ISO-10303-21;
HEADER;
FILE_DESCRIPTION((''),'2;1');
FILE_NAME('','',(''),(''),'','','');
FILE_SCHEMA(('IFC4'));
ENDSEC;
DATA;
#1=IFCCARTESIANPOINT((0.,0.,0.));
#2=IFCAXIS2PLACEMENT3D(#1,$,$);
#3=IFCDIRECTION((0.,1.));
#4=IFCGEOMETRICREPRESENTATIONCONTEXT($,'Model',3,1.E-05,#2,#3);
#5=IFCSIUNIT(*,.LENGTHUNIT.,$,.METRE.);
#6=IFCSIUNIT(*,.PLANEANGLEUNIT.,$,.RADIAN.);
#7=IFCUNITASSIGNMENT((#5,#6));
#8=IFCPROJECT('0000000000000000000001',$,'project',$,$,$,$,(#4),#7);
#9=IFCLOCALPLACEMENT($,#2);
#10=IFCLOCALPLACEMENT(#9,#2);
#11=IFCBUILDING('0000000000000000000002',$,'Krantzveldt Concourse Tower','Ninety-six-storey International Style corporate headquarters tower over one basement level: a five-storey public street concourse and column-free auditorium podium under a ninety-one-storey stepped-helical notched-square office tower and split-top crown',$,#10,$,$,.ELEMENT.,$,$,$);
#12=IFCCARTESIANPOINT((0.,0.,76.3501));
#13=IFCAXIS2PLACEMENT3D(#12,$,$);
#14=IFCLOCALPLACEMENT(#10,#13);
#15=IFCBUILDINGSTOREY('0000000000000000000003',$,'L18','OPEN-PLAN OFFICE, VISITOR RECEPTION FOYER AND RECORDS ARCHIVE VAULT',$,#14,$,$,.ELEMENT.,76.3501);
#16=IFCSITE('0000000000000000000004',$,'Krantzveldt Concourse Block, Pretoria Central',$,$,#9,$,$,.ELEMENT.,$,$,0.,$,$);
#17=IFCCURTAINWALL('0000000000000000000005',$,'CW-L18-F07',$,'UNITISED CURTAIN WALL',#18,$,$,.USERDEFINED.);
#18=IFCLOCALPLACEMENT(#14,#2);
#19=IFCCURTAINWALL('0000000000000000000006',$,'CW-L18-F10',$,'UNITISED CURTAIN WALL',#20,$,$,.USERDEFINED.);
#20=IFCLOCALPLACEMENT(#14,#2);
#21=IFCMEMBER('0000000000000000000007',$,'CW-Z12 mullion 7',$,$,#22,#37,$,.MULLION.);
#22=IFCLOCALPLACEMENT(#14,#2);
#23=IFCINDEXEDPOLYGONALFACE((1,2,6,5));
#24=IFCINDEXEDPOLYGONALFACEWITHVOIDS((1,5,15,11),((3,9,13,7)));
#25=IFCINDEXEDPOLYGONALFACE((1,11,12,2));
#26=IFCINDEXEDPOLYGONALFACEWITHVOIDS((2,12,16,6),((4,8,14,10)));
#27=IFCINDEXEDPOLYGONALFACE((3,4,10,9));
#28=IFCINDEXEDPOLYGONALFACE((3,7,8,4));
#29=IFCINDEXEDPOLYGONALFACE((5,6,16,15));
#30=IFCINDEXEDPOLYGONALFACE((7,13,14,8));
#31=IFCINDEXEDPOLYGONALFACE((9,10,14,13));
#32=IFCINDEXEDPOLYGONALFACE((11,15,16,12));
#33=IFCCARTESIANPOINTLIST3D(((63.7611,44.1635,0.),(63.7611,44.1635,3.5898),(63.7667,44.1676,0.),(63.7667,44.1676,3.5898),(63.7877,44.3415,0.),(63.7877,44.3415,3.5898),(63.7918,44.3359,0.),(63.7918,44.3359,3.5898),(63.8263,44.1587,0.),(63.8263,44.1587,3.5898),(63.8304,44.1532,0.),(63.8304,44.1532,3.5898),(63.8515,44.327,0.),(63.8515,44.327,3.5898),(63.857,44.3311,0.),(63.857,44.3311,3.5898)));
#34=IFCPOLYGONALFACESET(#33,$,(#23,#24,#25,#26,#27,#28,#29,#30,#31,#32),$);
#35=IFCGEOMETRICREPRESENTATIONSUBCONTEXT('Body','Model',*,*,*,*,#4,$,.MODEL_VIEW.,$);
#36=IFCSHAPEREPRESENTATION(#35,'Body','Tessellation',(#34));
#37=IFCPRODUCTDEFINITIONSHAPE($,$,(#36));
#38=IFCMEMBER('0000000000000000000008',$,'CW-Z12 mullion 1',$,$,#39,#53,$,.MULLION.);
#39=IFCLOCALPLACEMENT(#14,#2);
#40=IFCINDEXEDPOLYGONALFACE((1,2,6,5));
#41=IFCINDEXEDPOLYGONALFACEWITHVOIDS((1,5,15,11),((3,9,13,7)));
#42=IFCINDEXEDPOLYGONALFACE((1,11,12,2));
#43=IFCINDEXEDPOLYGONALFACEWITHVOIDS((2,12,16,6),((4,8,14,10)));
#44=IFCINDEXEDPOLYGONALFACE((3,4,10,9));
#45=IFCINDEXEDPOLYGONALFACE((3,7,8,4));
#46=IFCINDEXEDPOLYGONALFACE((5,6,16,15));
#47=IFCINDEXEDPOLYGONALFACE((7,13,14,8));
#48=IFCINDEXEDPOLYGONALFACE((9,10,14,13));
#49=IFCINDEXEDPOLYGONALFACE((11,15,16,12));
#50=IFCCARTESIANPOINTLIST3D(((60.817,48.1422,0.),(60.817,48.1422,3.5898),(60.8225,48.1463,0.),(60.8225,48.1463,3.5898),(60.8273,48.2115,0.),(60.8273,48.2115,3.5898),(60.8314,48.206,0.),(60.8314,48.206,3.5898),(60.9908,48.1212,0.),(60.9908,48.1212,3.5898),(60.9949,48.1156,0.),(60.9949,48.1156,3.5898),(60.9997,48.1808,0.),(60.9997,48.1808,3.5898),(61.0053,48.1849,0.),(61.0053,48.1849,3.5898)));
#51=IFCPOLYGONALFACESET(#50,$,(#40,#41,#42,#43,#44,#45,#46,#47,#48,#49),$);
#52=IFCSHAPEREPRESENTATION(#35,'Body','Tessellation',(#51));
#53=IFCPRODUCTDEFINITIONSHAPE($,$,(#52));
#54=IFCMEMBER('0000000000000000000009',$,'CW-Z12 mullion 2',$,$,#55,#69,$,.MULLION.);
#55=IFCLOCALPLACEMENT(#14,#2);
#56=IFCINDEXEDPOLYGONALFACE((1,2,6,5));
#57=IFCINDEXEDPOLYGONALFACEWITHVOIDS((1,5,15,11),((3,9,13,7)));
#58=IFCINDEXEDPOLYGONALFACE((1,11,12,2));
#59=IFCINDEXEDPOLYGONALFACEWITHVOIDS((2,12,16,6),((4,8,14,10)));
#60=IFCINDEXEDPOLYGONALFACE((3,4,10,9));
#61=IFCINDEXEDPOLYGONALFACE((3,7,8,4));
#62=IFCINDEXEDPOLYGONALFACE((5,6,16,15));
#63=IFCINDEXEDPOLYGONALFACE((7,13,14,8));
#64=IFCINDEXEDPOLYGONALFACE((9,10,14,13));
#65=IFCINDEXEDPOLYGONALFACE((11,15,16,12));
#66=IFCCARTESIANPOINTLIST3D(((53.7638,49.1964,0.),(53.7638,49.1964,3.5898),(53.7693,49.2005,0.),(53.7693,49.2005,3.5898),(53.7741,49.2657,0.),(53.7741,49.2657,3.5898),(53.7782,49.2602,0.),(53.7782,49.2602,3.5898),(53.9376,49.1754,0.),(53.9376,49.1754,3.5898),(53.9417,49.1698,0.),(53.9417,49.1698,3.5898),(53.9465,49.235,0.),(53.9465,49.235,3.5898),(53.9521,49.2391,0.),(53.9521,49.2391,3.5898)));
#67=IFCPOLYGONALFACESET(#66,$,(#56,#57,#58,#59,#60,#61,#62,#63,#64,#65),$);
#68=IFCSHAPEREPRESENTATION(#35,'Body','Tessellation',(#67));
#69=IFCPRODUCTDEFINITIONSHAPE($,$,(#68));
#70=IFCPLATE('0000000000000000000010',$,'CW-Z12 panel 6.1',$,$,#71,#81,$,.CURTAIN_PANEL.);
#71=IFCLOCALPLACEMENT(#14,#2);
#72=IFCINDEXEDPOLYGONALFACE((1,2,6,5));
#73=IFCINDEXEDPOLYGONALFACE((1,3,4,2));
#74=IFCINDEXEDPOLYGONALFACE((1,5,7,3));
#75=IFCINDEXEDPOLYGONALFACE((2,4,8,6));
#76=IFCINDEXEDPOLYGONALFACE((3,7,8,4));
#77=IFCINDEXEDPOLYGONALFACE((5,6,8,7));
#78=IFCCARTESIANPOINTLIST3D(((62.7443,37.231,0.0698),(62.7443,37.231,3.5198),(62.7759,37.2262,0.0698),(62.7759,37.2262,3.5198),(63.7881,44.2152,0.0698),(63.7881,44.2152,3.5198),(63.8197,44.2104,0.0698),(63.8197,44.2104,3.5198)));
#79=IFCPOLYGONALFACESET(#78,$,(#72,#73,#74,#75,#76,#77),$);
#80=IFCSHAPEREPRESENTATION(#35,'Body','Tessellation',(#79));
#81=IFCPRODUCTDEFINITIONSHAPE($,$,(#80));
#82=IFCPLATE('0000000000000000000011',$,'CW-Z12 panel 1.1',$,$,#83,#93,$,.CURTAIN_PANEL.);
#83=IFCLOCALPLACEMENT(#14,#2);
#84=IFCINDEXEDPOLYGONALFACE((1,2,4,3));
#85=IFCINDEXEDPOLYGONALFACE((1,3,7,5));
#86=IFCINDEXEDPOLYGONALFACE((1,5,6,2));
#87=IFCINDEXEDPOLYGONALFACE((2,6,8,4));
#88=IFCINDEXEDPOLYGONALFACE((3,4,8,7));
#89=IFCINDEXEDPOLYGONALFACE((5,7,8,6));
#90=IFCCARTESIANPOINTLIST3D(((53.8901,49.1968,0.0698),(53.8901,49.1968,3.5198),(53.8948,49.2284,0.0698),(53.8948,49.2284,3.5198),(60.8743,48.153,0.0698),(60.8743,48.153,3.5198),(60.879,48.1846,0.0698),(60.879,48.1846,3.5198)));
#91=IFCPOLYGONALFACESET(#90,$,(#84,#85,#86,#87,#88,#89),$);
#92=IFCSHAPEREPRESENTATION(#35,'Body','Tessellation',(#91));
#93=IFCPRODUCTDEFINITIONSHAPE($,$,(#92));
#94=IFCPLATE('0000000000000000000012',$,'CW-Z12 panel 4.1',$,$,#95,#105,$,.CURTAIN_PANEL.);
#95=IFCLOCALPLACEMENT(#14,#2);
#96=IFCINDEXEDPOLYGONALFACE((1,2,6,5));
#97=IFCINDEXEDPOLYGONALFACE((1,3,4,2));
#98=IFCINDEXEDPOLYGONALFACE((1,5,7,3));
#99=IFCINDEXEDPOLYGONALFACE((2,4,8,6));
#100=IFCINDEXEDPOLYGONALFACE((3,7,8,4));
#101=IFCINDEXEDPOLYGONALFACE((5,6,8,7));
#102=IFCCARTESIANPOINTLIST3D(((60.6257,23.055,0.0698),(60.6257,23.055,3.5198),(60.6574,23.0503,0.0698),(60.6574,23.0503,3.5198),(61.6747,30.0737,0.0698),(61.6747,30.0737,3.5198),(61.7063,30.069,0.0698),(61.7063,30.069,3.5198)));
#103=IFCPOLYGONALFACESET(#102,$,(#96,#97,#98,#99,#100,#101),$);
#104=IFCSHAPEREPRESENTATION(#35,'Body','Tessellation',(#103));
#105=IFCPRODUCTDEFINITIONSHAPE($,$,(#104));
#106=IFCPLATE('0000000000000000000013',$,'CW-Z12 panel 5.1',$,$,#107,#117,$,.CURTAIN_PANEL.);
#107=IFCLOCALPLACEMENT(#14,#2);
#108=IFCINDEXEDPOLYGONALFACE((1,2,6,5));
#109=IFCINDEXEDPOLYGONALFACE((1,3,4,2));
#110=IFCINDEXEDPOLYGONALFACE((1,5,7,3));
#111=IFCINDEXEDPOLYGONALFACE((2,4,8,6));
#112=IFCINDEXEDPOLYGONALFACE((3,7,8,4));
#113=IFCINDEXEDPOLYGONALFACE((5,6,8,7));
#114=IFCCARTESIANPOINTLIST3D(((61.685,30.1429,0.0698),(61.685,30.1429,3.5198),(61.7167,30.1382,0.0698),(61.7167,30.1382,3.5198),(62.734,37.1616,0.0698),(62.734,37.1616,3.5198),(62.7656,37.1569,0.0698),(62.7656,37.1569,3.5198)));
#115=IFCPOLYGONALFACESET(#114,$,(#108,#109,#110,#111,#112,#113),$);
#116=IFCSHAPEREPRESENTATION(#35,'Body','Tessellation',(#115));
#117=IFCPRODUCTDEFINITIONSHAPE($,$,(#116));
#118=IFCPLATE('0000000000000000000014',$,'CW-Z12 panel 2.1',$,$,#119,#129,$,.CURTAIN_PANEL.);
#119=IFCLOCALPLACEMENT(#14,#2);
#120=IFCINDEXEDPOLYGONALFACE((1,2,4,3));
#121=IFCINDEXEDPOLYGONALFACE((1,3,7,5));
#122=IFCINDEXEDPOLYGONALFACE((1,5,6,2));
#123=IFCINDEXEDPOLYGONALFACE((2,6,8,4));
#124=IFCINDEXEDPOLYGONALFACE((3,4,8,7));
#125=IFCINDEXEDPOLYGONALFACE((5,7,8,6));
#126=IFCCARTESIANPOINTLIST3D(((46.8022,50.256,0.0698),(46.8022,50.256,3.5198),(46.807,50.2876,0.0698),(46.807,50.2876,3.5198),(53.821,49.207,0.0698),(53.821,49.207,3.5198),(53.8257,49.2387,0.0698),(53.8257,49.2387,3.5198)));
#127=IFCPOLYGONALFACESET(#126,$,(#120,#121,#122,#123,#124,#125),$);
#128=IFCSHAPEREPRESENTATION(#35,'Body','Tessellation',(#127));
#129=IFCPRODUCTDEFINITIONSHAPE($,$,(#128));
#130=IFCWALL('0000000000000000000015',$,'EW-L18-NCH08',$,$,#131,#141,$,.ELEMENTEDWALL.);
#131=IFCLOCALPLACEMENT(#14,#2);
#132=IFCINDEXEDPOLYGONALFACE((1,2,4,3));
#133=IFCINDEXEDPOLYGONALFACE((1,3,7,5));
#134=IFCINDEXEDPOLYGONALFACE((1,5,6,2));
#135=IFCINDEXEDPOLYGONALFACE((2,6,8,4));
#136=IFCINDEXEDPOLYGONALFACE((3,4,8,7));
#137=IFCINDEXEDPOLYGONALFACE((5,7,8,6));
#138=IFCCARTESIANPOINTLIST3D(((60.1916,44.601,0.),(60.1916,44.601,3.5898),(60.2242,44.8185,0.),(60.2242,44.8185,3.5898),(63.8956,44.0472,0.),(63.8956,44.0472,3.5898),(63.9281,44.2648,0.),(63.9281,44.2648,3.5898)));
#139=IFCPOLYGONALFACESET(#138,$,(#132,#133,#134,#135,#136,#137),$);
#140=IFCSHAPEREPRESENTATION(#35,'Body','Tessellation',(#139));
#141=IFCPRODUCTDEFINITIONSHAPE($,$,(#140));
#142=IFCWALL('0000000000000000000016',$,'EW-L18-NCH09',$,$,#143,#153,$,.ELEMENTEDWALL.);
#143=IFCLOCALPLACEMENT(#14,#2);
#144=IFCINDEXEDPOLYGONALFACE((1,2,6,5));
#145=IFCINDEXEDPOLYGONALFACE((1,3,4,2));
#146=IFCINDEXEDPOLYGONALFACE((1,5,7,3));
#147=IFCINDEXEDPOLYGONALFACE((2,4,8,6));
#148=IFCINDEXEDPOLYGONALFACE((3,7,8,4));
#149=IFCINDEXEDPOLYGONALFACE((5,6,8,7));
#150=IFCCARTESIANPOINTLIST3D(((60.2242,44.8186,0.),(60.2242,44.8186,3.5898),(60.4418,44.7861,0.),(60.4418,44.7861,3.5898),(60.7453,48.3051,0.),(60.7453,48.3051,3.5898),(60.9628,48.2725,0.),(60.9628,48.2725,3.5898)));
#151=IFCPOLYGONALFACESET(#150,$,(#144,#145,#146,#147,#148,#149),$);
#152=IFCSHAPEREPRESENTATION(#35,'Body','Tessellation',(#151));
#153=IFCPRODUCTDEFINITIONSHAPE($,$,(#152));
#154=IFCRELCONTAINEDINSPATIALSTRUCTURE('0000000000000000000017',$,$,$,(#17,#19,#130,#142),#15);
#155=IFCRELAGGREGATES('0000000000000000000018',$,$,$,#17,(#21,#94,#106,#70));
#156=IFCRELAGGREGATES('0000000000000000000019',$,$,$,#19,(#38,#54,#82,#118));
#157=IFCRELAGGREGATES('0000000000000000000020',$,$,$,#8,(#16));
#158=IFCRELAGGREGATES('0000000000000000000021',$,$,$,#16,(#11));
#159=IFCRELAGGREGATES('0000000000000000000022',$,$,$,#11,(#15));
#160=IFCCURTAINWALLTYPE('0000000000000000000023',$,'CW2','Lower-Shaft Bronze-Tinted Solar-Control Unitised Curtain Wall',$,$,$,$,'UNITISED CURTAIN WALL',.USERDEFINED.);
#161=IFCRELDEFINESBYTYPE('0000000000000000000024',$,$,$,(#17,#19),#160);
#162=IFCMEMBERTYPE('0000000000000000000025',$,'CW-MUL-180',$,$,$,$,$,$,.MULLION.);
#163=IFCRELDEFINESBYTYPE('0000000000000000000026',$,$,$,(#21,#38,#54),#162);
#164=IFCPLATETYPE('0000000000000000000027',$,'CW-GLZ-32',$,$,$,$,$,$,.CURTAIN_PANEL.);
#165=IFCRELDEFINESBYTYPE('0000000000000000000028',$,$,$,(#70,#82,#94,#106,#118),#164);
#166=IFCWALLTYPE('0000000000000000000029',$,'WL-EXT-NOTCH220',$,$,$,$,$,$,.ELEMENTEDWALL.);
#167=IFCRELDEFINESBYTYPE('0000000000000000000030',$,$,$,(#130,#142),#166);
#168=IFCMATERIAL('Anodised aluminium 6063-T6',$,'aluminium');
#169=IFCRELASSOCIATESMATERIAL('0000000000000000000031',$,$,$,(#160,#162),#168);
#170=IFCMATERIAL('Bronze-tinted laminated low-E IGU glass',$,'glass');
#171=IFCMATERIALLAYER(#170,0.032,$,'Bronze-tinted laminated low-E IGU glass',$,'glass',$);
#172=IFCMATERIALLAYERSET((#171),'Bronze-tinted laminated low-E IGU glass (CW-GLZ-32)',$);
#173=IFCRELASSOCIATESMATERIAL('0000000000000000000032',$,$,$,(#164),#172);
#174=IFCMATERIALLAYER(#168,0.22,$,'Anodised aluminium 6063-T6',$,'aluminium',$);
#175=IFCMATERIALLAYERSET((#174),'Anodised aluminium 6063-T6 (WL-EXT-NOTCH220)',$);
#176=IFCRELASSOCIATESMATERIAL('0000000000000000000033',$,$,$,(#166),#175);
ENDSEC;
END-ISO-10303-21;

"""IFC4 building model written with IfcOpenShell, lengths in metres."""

from ifc_helpers import new_model, si_unit, direction, frame, frame_2d, origin, origin_2d, place, context, subcontext, project, spatial, rectangle, hollow_rectangle, extrude, source, transform, mapped, material, layer, layer_set, material_profile, profile_set, type_object, type_shapes, element, aggregate, save


model = new_model("IFC4")

# Units and contexts
model_context = context("Model", 3, precision=1e-05, world=origin(), true_north=direction((0.0, 1.0)))
body_context = subcontext(model_context, "Body", "Model", "MODEL_VIEW")
ifc_project = project(units=[si_unit("LENGTHUNIT", "METRE"), si_unit("PLANEANGLEUNIT", "RADIAN")], contexts=[model_context])

# Site, building, storey
site_placement = place(None, origin())
site = spatial("IfcSite", under=ifc_project, at=site_placement, Name="Krantzveldt Concourse Block, Pretoria Central", CompositionType="ELEMENT", RefElevation=0.0)
building_placement = place(site_placement, origin())
building = spatial("IfcBuilding", under=site, at=building_placement, Name="Krantzveldt Concourse Tower", Description="Ninety-six-storey International Style corporate headquarters tower over one basement level: a five-storey public street concourse and column-free auditorium podium under a ninety-one-storey stepped-helical notched-square office tower and split-top crown", CompositionType="ELEMENT")
storey_placement = place(building_placement, frame((0.0, 0.0, 76.3501)))
storey = spatial("IfcBuildingStorey", under=building, at=storey_placement, Name="L18", Description="OPEN-PLAN OFFICE, VISITOR RECEPTION FOYER AND RECORDS ARCHIVE VAULT", CompositionType="ELEMENT", Elevation=76.3501)

# Curtain walls
ifc_material_1 = material(Name="Anodised aluminium 6063-T6", Category="aluminium")
curtain_wall_type = type_object("IfcCurtainWallType", Name="CW2", Description="Lower-Shaft Bronze-Tinted Solar-Control Unitised Curtain Wall", ElementType="UNITISED CURTAIN WALL", PredefinedType="USERDEFINED", material=ifc_material_1)
curtain_wall_1_placement = place(storey_placement, origin())
curtain_wall_1 = element("IfcCurtainWall", 1, at=curtain_wall_1_placement, inside=storey, type_object=curtain_wall_type, Name="CW-L18-F07", ObjectType="UNITISED CURTAIN WALL", PredefinedType="USERDEFINED")
curtain_wall_2_placement = place(storey_placement, origin())
curtain_wall_2 = element("IfcCurtainWall", 2, at=curtain_wall_2_placement, inside=storey, type_object=curtain_wall_type, Name="CW-L18-F10", ObjectType="UNITISED CURTAIN WALL", PredefinedType="USERDEFINED")

# Members
ifc_material_profile_1 = material_profile(ifc_material_1, hollow_rectangle(XDim=0.0701, YDim=0.1799, WallThickness=0.0049, at=origin_2d()), Name="Anodised aluminium 6063-T6", Category="aluminium")
ifc_profile_set_1 = profile_set([ifc_material_profile_1], Name="Anodised aluminium 6063-T6 - ALU-MULL 180x70x5")
member_type_1 = type_object("IfcMemberType", Name="CW-MUL-180", PredefinedType="MULLION", material=ifc_profile_set_1)
shared_shape_1 = source(origin(), body_context, "Body", "SweptSolid", [
    extrude(hollow_rectangle(XDim=0.0701, YDim=0.1799, WallThickness=0.0049, at=origin_2d()), origin(), (0.0, 0.0, 1.0), 3.5898),
])
type_shapes(member_type_1, [shared_shape_1])
member_1_placement = place(storey_placement, frame((63.8091, 44.2473, 0.0), z_axis=(0.0, 0.0, 1.0), x_axis=(-0.989016, 0.14781, 0.0)))
member_1 = element("IfcMember", 3, at=member_1_placement, type_object=member_type_1, Name="CW-Z12 mullion 7", PredefinedType="MULLION", context=body_context, shape_type="MappedRepresentation", body=[
    mapped(shared_shape_1, transform((0.0, 0.0, 0.0), x_axis=(1.0, 0.0, 0.0), y_axis=(0.0, 1.0, 0.0), z_axis=(0.0, 0.0, 1.0), scale=1.0)),
])
member_2_placement = place(storey_placement, frame((60.9111, 48.1636, 0.0), z_axis=(0.0, 0.0, 1.0), x_axis=(-0.14781, -0.989016, 0.0)))
member_2 = element("IfcMember", 4, at=member_2_placement, type_object=member_type_1, Name="CW-Z12 mullion 1", PredefinedType="MULLION", context=body_context, shape_type="MappedRepresentation", body=[
    mapped(shared_shape_1, transform((0.0, 0.0, 0.0), x_axis=(1.0, 0.0, 0.0), y_axis=(0.0, 1.0, 0.0), z_axis=(0.0, 0.0, 1.0), scale=1.0)),
])
member_3_placement = place(storey_placement, frame((53.8579, 49.2178, 0.0), z_axis=(0.0, 0.0, 1.0), x_axis=(-0.14781, -0.989016, 0.0)))
member_3 = element("IfcMember", 5, at=member_3_placement, type_object=member_type_1, Name="CW-Z12 mullion 2", PredefinedType="MULLION", context=body_context, shape_type="MappedRepresentation", body=[
    mapped(shared_shape_1, transform((0.0, 0.0, 0.0), x_axis=(1.0, 0.0, 0.0), y_axis=(0.0, 1.0, 0.0), z_axis=(0.0, 0.0, 1.0), scale=1.0)),
])

# Plates
ifc_material_2 = material(Name="Bronze-tinted laminated low-E IGU glass", Category="glass")
ifc_layer_1 = layer(ifc_material_2, 0.032, Name="Bronze-tinted laminated low-E IGU glass", Category="glass")
ifc_layer_set_1 = layer_set([ifc_layer_1], Name="Bronze-tinted laminated low-E IGU glass (CW-GLZ-32)")
plate_type = type_object("IfcPlateType", Name="CW-GLZ-32", PredefinedType="CURTAIN_PANEL", material=ifc_layer_set_1)
shared_shape_2 = source(origin(), body_context, "Body", "SweptSolid", [
    extrude(rectangle(XDim=7.0618, YDim=0.032, at=origin_2d()), origin(), (0.0, 0.0, 1.0), 3.45),
])
plate_1_placement = place(storey_placement, frame((63.282, 40.7207, 0.0698), z_axis=(0.0, 0.0, 1.0), x_axis=(0.14781, 0.989016, 0.0)))
plate_1 = element("IfcPlate", 6, at=plate_1_placement, type_object=plate_type, Name="CW-Z12 panel 6.1", PredefinedType="CURTAIN_PANEL", context=body_context, shape_type="MappedRepresentation", body=[
    mapped(shared_shape_2, transform((0.0, 0.0, 0.0), x_axis=(1.0, 0.0, 0.0), y_axis=(0.0, 1.0, 0.0), z_axis=(0.0, 0.0, 1.0), scale=1.0)),
])
plate_2_placement = place(storey_placement, frame((57.3845, 48.6907, 0.0698), z_axis=(0.0, 0.0, 1.0), x_axis=(-0.989016, 0.14781, 0.0)))
plate_2 = element("IfcPlate", 7, at=plate_2_placement, type_object=plate_type, Name="CW-Z12 panel 1.1", PredefinedType="CURTAIN_PANEL", context=body_context, shape_type="MappedRepresentation", body=[
    mapped(shared_shape_2, transform((0.0, 0.0, 0.0), x_axis=(1.0, 0.0, 0.0), y_axis=(0.0, 1.0, 0.0), z_axis=(0.0, 0.0, 1.0), scale=1.0)),
])
shared_shape_3 = source(origin(), body_context, "Body", "SweptSolid", [
    extrude(rectangle(XDim=7.0967, YDim=0.032, at=origin_2d()), origin(), (0.0, 0.0, 1.0), 3.45),
])
type_shapes(plate_type, [shared_shape_2, shared_shape_3])
plate_3_placement = place(storey_placement, frame((61.166, 26.562, 0.0698), z_axis=(0.0, 0.0, 1.0), x_axis=(0.14781, 0.989016, 0.0)))
plate_3 = element("IfcPlate", 8, at=plate_3_placement, type_object=plate_type, Name="CW-Z12 panel 4.1", PredefinedType="CURTAIN_PANEL", context=body_context, shape_type="MappedRepresentation", body=[
    mapped(shared_shape_3, transform((0.0, 0.0, 0.0), x_axis=(1.0, 0.0, 0.0), y_axis=(0.0, 1.0, 0.0), z_axis=(0.0, 0.0, 1.0), scale=1.0)),
])
plate_4_placement = place(storey_placement, frame((62.2253, 33.6499, 0.0698), z_axis=(0.0, 0.0, 1.0), x_axis=(0.14781, 0.989016, 0.0)))
plate_4 = element("IfcPlate", 9, at=plate_4_placement, type_object=plate_type, Name="CW-Z12 panel 5.1", PredefinedType="CURTAIN_PANEL", context=body_context, shape_type="MappedRepresentation", body=[
    mapped(shared_shape_3, transform((0.0, 0.0, 0.0), x_axis=(1.0, 0.0, 0.0), y_axis=(0.0, 1.0, 0.0), z_axis=(0.0, 0.0, 1.0), scale=1.0)),
])
aggregate(curtain_wall_1, [member_1, plate_3, plate_4, plate_1])
plate_5_placement = place(storey_placement, frame((50.314, 49.7473, 0.0698), z_axis=(0.0, 0.0, 1.0), x_axis=(-0.989016, 0.14781, 0.0)))
plate_5 = element("IfcPlate", 10, at=plate_5_placement, type_object=plate_type, Name="CW-Z12 panel 2.1", PredefinedType="CURTAIN_PANEL", context=body_context, shape_type="MappedRepresentation", body=[
    mapped(shared_shape_3, transform((0.0, 0.0, 0.0), x_axis=(1.0, 0.0, 0.0), y_axis=(0.0, 1.0, 0.0), z_axis=(0.0, 0.0, 1.0), scale=1.0)),
])
aggregate(curtain_wall_2, [member_2, member_3, plate_2, plate_5])

# Walls
ifc_layer_2 = layer(ifc_material_1, 0.22, Name="Anodised aluminium 6063-T6", Category="aluminium")
ifc_layer_set_2 = layer_set([ifc_layer_2], Name="Anodised aluminium 6063-T6 (WL-EXT-NOTCH220)")
wall_type = type_object("IfcWallType", Name="WL-EXT-NOTCH220", PredefinedType="ELEMENTEDWALL", material=ifc_layer_set_2)
wall_1_placement = place(storey_placement, frame((63.9119, 44.156, 0.0), z_axis=(0.0, 0.0, 1.0), x_axis=(-0.989009, 0.147853, 0.0)))
element("IfcWall", 11, at=wall_1_placement, inside=storey, type_object=wall_type, Name="EW-L18-NCH08", PredefinedType="ELEMENTEDWALL", context=body_context, shape_type="SweptSolid", body=[
    extrude(rectangle(XDim=3.7451, YDim=0.22, at=frame_2d((1.8726, 0.0))), origin(), (0.0, 0.0, 1.0), 3.5898),
])
wall_2_placement = place(storey_placement, frame((60.333, 44.8022, 0.0), z_axis=(0.0, 0.0, 1.0), x_axis=(0.147799, 0.989017, 0.0)))
element("IfcWall", 12, at=wall_2_placement, inside=storey, type_object=wall_type, Name="EW-L18-NCH09", PredefinedType="ELEMENTEDWALL", context=body_context, shape_type="SweptSolid", body=[
    extrude(rectangle(XDim=3.5251, YDim=0.22, at=frame_2d((1.7627, 0.0))), origin(), (0.0, 0.0, 1.0), 3.5898),
])

save(model, "model.ifc")
